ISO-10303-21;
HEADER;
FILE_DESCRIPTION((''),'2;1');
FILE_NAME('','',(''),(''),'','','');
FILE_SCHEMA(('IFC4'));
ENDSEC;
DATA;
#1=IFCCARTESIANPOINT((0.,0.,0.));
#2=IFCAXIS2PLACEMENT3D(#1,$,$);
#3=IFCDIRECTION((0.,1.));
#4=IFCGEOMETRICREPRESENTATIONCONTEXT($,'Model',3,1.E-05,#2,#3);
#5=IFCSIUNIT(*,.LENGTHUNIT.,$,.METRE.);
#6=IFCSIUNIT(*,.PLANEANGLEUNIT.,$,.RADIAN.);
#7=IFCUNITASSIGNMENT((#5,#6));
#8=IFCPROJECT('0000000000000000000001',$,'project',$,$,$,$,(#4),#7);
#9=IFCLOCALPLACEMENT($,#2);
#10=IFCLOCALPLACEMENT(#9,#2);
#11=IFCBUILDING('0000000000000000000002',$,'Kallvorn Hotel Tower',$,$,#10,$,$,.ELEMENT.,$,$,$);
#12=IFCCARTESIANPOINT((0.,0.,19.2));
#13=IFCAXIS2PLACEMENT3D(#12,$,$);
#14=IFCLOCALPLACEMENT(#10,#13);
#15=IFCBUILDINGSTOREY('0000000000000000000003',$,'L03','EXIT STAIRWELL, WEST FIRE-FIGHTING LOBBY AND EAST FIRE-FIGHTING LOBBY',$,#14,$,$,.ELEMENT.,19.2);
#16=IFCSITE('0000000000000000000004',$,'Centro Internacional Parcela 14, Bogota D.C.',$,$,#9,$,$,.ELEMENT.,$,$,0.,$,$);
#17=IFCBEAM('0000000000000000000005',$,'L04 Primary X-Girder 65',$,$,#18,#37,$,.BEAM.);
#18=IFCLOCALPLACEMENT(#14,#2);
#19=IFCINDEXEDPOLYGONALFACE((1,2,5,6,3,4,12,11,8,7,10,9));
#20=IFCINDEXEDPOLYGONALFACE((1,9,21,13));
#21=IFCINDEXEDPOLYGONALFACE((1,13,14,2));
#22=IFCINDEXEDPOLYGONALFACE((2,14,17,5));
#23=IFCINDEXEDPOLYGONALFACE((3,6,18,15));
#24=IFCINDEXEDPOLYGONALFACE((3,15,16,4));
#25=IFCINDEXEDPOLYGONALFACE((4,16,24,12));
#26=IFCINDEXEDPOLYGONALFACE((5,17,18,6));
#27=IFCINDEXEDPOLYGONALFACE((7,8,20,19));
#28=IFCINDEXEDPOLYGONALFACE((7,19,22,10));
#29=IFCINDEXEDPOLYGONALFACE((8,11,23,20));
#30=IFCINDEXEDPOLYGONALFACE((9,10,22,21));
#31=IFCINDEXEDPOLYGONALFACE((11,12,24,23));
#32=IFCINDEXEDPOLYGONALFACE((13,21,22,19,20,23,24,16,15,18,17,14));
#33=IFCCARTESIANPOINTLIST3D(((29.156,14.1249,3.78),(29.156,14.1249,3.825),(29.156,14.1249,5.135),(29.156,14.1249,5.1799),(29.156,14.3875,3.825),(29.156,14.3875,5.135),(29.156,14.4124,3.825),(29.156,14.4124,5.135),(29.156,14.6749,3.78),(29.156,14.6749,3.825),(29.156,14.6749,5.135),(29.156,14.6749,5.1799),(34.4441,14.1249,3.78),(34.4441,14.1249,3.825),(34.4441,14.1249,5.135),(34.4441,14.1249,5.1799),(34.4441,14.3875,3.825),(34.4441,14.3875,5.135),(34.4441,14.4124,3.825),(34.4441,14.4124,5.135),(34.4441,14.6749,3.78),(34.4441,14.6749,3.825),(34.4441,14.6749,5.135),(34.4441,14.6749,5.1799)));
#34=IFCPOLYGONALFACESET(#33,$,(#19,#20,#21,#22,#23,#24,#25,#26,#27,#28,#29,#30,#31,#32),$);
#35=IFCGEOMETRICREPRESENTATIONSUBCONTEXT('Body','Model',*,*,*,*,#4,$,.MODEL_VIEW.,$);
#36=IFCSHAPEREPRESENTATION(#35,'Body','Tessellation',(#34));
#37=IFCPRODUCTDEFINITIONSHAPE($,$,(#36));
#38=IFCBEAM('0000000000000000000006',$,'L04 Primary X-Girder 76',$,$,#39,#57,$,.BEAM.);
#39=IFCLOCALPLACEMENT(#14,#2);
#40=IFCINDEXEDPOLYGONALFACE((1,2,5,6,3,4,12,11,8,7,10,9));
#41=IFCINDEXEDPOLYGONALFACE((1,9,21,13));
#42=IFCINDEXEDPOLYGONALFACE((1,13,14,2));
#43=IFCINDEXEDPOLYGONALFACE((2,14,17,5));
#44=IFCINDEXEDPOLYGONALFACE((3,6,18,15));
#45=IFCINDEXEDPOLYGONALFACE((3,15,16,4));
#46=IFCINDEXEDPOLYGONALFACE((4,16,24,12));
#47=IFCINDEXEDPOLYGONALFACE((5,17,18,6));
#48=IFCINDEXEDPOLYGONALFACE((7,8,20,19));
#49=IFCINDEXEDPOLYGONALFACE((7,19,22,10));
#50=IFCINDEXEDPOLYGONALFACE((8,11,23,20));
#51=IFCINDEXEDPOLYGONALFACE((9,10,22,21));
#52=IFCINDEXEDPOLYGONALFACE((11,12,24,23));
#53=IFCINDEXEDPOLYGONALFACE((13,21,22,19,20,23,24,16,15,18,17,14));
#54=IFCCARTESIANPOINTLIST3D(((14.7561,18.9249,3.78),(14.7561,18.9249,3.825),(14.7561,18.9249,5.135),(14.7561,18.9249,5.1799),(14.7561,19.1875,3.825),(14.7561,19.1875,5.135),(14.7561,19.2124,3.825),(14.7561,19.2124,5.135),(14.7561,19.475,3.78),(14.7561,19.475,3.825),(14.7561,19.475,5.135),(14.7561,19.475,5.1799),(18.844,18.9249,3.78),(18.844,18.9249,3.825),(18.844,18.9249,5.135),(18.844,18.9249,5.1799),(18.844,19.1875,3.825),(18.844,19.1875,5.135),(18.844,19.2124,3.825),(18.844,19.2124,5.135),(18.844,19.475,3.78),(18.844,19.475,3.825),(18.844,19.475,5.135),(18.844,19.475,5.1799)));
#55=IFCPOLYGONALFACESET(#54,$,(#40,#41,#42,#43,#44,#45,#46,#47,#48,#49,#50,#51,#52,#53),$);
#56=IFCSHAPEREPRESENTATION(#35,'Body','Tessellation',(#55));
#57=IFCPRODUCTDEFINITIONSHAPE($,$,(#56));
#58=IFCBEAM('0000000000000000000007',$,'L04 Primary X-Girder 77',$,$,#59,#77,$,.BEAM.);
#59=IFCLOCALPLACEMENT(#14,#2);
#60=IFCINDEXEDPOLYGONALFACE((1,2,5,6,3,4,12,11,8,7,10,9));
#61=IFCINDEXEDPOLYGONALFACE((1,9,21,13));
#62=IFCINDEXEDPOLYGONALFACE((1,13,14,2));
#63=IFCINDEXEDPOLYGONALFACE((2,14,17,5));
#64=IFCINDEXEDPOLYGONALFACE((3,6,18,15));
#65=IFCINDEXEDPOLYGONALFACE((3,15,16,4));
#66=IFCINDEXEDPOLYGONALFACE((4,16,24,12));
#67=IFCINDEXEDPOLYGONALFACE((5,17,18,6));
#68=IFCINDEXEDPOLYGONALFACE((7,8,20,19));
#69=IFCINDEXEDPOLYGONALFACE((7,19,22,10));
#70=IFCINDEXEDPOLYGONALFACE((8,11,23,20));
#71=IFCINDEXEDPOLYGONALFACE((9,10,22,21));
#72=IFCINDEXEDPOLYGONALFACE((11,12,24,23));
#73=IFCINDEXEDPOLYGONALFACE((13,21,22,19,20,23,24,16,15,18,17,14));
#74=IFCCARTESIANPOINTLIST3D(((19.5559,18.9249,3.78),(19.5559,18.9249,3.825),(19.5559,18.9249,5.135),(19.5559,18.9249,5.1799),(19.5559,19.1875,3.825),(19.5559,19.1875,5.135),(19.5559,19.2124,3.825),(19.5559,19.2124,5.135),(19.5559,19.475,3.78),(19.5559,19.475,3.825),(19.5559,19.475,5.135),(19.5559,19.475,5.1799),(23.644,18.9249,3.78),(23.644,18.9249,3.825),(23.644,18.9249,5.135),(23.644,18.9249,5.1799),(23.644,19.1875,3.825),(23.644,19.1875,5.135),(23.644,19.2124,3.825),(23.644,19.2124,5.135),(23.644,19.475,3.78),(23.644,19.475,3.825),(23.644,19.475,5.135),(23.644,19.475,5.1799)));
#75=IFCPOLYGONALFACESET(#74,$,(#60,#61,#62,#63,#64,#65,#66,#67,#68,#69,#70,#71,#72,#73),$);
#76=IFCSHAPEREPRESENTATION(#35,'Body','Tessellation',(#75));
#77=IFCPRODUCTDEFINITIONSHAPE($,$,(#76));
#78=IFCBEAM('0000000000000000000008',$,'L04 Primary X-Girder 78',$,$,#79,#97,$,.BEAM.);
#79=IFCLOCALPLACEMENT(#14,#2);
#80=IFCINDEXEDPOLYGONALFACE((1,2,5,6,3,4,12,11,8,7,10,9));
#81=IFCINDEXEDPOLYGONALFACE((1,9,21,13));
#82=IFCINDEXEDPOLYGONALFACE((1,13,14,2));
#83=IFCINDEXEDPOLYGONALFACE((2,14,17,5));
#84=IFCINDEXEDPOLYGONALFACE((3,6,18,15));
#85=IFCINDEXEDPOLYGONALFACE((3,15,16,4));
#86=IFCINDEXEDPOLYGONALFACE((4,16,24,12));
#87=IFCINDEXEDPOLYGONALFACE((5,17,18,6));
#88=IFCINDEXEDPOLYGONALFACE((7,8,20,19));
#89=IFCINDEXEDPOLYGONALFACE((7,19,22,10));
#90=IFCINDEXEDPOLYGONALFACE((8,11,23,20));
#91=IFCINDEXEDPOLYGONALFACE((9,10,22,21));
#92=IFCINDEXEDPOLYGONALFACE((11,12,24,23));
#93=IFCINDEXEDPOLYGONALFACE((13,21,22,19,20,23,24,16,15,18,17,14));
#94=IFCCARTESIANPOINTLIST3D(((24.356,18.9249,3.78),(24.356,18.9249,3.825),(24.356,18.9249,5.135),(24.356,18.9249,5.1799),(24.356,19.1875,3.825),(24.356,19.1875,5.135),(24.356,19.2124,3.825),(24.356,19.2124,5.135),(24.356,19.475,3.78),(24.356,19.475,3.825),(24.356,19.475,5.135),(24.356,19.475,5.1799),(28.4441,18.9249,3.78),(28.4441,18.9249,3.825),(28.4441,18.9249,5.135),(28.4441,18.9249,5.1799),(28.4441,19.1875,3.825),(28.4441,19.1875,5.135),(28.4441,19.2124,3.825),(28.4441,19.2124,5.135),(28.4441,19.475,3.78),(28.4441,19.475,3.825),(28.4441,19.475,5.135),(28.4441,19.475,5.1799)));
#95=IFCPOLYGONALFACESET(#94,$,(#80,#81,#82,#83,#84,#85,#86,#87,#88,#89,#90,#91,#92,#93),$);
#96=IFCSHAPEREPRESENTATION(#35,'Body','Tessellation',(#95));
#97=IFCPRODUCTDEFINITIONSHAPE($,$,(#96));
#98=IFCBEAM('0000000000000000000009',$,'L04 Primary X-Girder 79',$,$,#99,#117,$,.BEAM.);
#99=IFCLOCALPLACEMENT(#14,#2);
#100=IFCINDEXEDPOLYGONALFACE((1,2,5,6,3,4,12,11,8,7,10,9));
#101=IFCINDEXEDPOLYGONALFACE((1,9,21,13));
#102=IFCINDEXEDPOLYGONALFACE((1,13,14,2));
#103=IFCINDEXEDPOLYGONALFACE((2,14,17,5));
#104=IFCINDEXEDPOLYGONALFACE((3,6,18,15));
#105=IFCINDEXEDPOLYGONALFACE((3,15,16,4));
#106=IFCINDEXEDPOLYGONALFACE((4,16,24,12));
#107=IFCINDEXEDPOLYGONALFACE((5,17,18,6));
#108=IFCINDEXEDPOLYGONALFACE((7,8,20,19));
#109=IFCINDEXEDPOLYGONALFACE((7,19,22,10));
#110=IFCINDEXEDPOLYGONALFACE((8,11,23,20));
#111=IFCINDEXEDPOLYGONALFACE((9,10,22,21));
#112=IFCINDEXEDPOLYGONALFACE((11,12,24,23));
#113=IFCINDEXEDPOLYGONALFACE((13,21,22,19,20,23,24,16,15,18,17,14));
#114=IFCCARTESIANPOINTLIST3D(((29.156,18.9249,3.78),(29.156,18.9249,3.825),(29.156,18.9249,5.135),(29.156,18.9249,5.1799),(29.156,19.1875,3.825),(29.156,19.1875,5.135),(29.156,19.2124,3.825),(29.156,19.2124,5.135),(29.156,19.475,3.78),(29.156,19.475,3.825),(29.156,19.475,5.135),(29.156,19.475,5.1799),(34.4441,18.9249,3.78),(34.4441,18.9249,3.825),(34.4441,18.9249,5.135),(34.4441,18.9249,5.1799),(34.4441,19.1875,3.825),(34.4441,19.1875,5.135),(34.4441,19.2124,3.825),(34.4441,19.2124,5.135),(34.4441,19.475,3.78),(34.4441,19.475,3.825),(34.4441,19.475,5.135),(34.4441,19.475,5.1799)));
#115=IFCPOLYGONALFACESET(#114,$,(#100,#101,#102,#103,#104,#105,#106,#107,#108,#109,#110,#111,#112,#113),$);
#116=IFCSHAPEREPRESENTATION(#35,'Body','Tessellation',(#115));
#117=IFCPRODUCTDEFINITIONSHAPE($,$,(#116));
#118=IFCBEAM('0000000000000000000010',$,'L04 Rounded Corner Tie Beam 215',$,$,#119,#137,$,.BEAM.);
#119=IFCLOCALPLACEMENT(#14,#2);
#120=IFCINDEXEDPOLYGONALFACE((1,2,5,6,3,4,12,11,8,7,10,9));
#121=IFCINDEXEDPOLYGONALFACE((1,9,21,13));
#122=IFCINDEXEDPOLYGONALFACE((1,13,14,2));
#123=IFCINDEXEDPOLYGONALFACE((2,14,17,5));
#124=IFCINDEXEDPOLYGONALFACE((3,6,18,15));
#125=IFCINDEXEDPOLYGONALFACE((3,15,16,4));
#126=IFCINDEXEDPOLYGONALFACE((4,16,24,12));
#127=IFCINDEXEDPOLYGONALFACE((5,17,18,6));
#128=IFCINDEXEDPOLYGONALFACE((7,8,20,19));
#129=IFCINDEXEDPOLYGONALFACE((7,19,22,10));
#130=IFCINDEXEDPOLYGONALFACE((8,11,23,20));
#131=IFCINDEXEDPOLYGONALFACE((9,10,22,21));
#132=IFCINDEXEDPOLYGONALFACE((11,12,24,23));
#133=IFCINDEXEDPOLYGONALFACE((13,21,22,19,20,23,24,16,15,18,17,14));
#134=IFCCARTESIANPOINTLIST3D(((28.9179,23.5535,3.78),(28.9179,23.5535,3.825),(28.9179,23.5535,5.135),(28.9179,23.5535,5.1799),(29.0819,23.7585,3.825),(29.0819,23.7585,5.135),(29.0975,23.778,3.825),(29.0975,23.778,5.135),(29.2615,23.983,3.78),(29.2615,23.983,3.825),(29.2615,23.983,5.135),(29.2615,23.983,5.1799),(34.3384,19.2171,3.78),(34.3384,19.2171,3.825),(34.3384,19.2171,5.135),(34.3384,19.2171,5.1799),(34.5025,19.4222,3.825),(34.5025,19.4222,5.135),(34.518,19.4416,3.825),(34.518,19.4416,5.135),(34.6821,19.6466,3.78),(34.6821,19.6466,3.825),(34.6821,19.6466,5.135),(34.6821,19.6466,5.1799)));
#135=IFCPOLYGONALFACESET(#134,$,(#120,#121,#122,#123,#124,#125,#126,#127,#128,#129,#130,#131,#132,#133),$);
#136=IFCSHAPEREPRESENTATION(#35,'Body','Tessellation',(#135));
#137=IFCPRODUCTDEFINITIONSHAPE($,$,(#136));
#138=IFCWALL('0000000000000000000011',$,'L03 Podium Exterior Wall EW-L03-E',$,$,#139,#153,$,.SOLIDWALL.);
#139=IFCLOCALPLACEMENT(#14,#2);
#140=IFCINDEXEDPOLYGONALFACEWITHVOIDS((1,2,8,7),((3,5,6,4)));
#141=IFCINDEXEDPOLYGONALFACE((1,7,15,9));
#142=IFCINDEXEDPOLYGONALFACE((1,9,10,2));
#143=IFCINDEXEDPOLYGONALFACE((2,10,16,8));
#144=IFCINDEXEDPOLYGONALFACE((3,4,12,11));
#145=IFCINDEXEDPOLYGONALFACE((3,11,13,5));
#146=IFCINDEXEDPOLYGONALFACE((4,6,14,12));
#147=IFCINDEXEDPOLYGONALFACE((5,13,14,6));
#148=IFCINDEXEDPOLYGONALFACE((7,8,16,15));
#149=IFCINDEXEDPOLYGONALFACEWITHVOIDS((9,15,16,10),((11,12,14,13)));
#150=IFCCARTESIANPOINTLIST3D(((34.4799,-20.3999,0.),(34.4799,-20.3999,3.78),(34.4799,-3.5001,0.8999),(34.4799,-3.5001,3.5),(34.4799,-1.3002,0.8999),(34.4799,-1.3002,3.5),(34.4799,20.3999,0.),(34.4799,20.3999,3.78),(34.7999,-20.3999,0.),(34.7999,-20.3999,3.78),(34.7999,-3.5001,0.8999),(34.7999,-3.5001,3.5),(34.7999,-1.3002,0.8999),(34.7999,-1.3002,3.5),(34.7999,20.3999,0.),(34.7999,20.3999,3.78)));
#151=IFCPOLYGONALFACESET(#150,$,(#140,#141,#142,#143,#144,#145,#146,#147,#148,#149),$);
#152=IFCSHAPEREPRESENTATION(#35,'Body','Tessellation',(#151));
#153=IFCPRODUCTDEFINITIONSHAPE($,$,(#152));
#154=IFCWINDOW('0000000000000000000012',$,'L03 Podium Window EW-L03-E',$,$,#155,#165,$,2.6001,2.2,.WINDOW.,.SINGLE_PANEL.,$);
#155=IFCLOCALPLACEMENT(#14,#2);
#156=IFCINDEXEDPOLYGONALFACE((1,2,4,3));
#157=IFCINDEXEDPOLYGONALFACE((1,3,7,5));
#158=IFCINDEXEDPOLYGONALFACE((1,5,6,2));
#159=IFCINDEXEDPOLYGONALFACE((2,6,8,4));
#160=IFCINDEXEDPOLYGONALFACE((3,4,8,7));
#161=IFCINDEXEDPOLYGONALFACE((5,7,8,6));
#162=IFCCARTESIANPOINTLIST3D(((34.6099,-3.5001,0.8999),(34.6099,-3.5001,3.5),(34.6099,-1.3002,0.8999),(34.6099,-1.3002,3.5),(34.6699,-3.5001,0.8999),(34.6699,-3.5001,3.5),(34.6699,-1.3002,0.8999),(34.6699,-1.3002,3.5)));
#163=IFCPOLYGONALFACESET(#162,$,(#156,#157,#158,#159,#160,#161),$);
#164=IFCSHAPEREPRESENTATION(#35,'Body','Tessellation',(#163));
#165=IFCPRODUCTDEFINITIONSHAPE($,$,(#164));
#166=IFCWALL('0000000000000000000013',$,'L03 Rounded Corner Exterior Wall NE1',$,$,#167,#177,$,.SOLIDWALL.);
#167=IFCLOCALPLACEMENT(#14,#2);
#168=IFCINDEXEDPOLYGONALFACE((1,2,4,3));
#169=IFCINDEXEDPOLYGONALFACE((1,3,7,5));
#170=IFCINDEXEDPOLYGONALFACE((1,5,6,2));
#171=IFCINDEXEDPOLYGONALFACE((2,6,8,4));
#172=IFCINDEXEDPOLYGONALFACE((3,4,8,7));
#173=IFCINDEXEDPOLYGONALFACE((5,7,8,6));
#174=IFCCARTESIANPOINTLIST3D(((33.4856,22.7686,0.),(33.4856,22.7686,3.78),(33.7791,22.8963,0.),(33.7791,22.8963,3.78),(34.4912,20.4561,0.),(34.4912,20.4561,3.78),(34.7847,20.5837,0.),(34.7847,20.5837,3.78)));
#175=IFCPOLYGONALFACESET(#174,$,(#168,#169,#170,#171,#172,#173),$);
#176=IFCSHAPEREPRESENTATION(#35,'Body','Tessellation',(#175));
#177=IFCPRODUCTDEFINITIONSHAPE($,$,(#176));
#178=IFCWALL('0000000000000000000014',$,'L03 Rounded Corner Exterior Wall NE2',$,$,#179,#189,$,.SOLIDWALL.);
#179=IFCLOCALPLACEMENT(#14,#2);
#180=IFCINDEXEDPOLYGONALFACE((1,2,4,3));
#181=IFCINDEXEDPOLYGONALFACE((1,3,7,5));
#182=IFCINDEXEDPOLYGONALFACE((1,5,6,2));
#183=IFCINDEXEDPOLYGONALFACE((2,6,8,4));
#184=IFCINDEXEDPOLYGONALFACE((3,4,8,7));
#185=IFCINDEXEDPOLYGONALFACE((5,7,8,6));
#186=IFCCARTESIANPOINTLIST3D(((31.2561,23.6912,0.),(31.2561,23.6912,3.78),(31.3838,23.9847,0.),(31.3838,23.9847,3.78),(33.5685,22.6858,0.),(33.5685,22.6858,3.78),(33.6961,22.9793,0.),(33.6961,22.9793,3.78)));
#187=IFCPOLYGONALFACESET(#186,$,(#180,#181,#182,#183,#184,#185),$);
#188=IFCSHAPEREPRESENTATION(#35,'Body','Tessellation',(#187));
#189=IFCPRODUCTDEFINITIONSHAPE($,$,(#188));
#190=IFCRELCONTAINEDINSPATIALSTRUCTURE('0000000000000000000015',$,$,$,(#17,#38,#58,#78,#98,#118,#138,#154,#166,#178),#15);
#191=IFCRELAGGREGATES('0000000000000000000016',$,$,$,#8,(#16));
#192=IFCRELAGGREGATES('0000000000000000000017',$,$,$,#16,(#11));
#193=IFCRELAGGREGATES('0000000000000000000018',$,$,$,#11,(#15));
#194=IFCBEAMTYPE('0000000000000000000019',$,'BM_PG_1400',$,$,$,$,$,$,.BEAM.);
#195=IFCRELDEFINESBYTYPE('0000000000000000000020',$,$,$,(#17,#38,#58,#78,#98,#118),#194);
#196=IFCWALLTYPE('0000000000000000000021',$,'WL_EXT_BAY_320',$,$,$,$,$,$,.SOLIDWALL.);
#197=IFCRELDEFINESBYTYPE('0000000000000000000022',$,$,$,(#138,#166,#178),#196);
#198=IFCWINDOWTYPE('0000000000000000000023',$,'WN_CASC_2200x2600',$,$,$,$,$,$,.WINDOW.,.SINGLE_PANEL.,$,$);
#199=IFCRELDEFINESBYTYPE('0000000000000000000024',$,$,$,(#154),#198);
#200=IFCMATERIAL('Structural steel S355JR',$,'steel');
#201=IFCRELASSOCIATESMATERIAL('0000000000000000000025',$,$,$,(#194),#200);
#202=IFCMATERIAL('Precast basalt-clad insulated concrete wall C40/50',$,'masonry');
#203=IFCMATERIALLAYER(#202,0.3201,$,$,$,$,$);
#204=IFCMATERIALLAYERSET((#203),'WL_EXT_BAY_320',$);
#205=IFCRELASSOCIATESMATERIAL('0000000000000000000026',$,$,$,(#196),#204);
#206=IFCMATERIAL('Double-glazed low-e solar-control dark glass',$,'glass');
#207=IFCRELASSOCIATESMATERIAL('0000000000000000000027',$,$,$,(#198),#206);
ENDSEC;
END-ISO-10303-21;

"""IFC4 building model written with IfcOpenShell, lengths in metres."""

from ifc_helpers import new_model, si_unit, direction, frame, frame_2d, origin, origin_2d, place, context, subcontext, project, spatial, rectangle, i_section, extrude, material, layer, layer_set, material_profile, profile_set, type_object, element, fill, save


model = new_model("IFC4")

# Units and contexts
model_context = context("Model", 3, precision=1e-05, world=origin(), true_north=direction((0.0, 1.0)))
body_context = subcontext(model_context, "Body", "Model", "MODEL_VIEW")
ifc_project = project(units=[si_unit("LENGTHUNIT", "METRE"), si_unit("PLANEANGLEUNIT", "RADIAN")], contexts=[model_context])

# Site, building, storey
site_placement = place(None, origin())
site = spatial("IfcSite", under=ifc_project, at=site_placement, Name="Centro Internacional Parcela 14, Bogota D.C.", CompositionType="ELEMENT", RefElevation=0.0)
building_placement = place(site_placement, origin())
building = spatial("IfcBuilding", under=site, at=building_placement, Name="Kallvorn Hotel Tower", CompositionType="ELEMENT")
storey_placement = place(building_placement, frame((0.0, 0.0, 19.2)))
storey = spatial("IfcBuildingStorey", under=building, at=storey_placement, Name="L03", Description="EXIT STAIRWELL, WEST FIRE-FIGHTING LOBBY AND EAST FIRE-FIGHTING LOBBY", CompositionType="ELEMENT", Elevation=19.2)

# Beams
ifc_material_1 = material(Name="Structural steel S355JR", Category="steel")
ifc_material_profile_1 = material_profile(ifc_material_1, i_section(OverallWidth=0.55, OverallDepth=1.3999, WebThickness=0.0249, FlangeThickness=0.0449, at=origin_2d()), Name="PG 1400x550x25x45")
ifc_profile_set_1 = profile_set([ifc_material_profile_1], Name="Structural steel S355JR")
beam_type_1 = type_object("IfcBeamType", Name="BM_PG_1400", PredefinedType="BEAM", material=ifc_profile_set_1)
beam_1_placement = place(storey_placement, frame((29.156, 14.3999, 4.48), z_axis=(1.0, 0.0, 0.0), x_axis=(0.0, 1.0, 0.0)))
element("IfcBeam", 1, at=beam_1_placement, inside=storey, type_object=beam_type_1, Name="L04 Primary X-Girder 65", PredefinedType="BEAM", context=body_context, shape_type="SweptSolid", body=[
    extrude(i_section(OverallWidth=0.55, OverallDepth=1.3999, WebThickness=0.0249, FlangeThickness=0.0449, at=origin_2d()), origin(), (0.0, 0.0, 1.0), 5.2881),
])
beam_2_placement = place(storey_placement, frame((14.7561, 19.2, 4.48), z_axis=(1.0, 0.0, 0.0), x_axis=(0.0, 1.0, 0.0)))
element("IfcBeam", 2, at=beam_2_placement, inside=storey, type_object=beam_type_1, Name="L04 Primary X-Girder 76", PredefinedType="BEAM", context=body_context, shape_type="SweptSolid", body=[
    extrude(i_section(OverallWidth=0.55, OverallDepth=1.3999, WebThickness=0.0249, FlangeThickness=0.0449, at=origin_2d()), origin(), (0.0, 0.0, 1.0), 4.0879),
])
for number, where, z_axis, x_axis, name in (
    (3, (19.5559, 19.2, 4.48), (1.0, 0.0, 0.0), (0.0, 1.0, 0.0), "L04 Primary X-Girder 77"),
    (4, (24.356, 19.2, 4.48), (1.0, 0.0, 0.0), (0.0, 1.0, 0.0), "L04 Primary X-Girder 78"),
):
    element("IfcBeam", number, at=place(storey_placement, frame(where, z_axis=z_axis, x_axis=x_axis)), inside=storey, type_object=beam_type_1, Name=name, PredefinedType="BEAM", context=body_context, shape_type="SweptSolid", body=[
        extrude(i_section(OverallWidth=0.55, OverallDepth=1.3999, WebThickness=0.0249, FlangeThickness=0.0449, at=origin_2d()), origin(), (0.0, 0.0, 1.0), 4.0881),
    ])
beam_3_placement = place(storey_placement, frame((29.156, 19.2, 4.48), z_axis=(1.0, 0.0, 0.0), x_axis=(0.0, 1.0, 0.0)))
element("IfcBeam", 5, at=beam_3_placement, inside=storey, type_object=beam_type_1, Name="L04 Primary X-Girder 79", PredefinedType="BEAM", context=body_context, shape_type="SweptSolid", body=[
    extrude(i_section(OverallWidth=0.55, OverallDepth=1.3999, WebThickness=0.0249, FlangeThickness=0.0449, at=origin_2d()), origin(), (0.0, 0.0, 1.0), 5.2881),
])
beam_4_placement = place(storey_placement, frame((34.5103, 19.4319, 4.48), z_axis=(-0.780876, 0.624686, 0.0), x_axis=(-0.624686, -0.780876, 0.0)))
element("IfcBeam", 6, at=beam_4_placement, inside=storey, type_object=beam_type_1, Name="L04 Rounded Corner Tie Beam 215", PredefinedType="BEAM", context=body_context, shape_type="SweptSolid", body=[
    extrude(i_section(OverallWidth=0.55, OverallDepth=1.3999, WebThickness=0.0249, FlangeThickness=0.0449, at=origin_2d()), origin(), (0.0, 0.0, 1.0), 6.9417),
])

# Wall, opening, window
ifc_material_2 = material(Name="Precast basalt-clad insulated concrete wall C40/50", Category="masonry")
ifc_layer = layer(ifc_material_2, 0.3201)
ifc_layer_set = layer_set([ifc_layer], Name="WL_EXT_BAY_320")
wall_type = type_object("IfcWallType", Name="WL_EXT_BAY_320", PredefinedType="SOLIDWALL", material=ifc_layer_set)
wall_1_placement = place(storey_placement, frame((34.6399, 20.3999, 0.0), z_axis=(0.0, 0.0, 1.0), x_axis=(0.0, -1.0, 0.0)))
wall_1 = element("IfcWall", 7, at=wall_1_placement, inside=storey, type_object=wall_type, Name="L03 Podium Exterior Wall EW-L03-E", PredefinedType="SOLIDWALL", context=body_context, shape_type="SweptSolid", body=[
    extrude(rectangle(XDim=40.7998, YDim=0.3201, at=frame_2d((20.3999, 0.0))), origin(), (0.0, 0.0, 1.0), 3.78),
])
opening_placement = place(wall_1_placement, frame((21.7, 0.0, 0.8999)))
opening = element("IfcOpeningElement", 8, at=opening_placement, cuts=wall_1, PredefinedType="OPENING", context=body_context, shape_type="SweptSolid", body=[
    extrude(rectangle(XDim=2.2, YDim=2.6001, at=frame_2d((1.1001, 1.3))), frame((0.0, 0.175, 0.0), z_axis=(0.0, -1.0, 0.0), x_axis=(1.0, 0.0, 0.0)), (0.0, 0.0, 1.0), 0.3501),
])
ifc_material_3 = material(Name="Double-glazed low-e solar-control dark glass", Category="glass")
window_type = type_object("IfcWindowType", Name="WN_CASC_2200x2600", PartitioningType="SINGLE_PANEL", PredefinedType="WINDOW", material=ifc_material_3)
window_placement = place(opening_placement, origin())
window = element("IfcWindow", 9, at=window_placement, inside=storey, type_object=window_type, Name="L03 Podium Window EW-L03-E", OverallHeight=2.6001, OverallWidth=2.2, PartitioningType="SINGLE_PANEL", PredefinedType="WINDOW", context=body_context, shape_type="SweptSolid", body=[
    extrude(rectangle(XDim=2.2, YDim=2.6001, at=frame_2d((1.1001, 1.3))), frame((0.0, 0.03, 0.0), z_axis=(0.0, -1.0, 0.0), x_axis=(1.0, 0.0, 0.0)), (0.0, 0.0, 1.0), 0.0601),
])
fill(opening, window)

# Walls
wall_2_placement = place(storey_placement, frame((34.6379, 20.52, 0.0), z_axis=(0.0, 0.0, 1.0), x_axis=(-0.398786, 0.917044, 0.0)))
element("IfcWall", 10, at=wall_2_placement, inside=storey, type_object=wall_type, Name="L03 Rounded Corner Exterior Wall NE1", PredefinedType="SOLIDWALL", context=body_context, shape_type="SweptSolid", body=[
    extrude(rectangle(XDim=2.5217, YDim=0.3201, at=frame_2d((1.2607, 0.0))), origin(), (0.0, 0.0, 1.0), 3.78),
])
wall_3_placement = place(storey_placement, frame((33.6323, 22.8325, 0.0), z_axis=(0.0, 0.0, 1.0), x_axis=(-0.917064, 0.39874, 0.0)))
element("IfcWall", 11, at=wall_3_placement, inside=storey, type_object=wall_type, Name="L03 Rounded Corner Exterior Wall NE2", PredefinedType="SOLIDWALL", context=body_context, shape_type="SweptSolid", body=[
    extrude(rectangle(XDim=2.5215, YDim=0.3201, at=frame_2d((1.2607, 0.0))), origin(), (0.0, 0.0, 1.0), 3.78),
])

save(model, "model.ifc")
